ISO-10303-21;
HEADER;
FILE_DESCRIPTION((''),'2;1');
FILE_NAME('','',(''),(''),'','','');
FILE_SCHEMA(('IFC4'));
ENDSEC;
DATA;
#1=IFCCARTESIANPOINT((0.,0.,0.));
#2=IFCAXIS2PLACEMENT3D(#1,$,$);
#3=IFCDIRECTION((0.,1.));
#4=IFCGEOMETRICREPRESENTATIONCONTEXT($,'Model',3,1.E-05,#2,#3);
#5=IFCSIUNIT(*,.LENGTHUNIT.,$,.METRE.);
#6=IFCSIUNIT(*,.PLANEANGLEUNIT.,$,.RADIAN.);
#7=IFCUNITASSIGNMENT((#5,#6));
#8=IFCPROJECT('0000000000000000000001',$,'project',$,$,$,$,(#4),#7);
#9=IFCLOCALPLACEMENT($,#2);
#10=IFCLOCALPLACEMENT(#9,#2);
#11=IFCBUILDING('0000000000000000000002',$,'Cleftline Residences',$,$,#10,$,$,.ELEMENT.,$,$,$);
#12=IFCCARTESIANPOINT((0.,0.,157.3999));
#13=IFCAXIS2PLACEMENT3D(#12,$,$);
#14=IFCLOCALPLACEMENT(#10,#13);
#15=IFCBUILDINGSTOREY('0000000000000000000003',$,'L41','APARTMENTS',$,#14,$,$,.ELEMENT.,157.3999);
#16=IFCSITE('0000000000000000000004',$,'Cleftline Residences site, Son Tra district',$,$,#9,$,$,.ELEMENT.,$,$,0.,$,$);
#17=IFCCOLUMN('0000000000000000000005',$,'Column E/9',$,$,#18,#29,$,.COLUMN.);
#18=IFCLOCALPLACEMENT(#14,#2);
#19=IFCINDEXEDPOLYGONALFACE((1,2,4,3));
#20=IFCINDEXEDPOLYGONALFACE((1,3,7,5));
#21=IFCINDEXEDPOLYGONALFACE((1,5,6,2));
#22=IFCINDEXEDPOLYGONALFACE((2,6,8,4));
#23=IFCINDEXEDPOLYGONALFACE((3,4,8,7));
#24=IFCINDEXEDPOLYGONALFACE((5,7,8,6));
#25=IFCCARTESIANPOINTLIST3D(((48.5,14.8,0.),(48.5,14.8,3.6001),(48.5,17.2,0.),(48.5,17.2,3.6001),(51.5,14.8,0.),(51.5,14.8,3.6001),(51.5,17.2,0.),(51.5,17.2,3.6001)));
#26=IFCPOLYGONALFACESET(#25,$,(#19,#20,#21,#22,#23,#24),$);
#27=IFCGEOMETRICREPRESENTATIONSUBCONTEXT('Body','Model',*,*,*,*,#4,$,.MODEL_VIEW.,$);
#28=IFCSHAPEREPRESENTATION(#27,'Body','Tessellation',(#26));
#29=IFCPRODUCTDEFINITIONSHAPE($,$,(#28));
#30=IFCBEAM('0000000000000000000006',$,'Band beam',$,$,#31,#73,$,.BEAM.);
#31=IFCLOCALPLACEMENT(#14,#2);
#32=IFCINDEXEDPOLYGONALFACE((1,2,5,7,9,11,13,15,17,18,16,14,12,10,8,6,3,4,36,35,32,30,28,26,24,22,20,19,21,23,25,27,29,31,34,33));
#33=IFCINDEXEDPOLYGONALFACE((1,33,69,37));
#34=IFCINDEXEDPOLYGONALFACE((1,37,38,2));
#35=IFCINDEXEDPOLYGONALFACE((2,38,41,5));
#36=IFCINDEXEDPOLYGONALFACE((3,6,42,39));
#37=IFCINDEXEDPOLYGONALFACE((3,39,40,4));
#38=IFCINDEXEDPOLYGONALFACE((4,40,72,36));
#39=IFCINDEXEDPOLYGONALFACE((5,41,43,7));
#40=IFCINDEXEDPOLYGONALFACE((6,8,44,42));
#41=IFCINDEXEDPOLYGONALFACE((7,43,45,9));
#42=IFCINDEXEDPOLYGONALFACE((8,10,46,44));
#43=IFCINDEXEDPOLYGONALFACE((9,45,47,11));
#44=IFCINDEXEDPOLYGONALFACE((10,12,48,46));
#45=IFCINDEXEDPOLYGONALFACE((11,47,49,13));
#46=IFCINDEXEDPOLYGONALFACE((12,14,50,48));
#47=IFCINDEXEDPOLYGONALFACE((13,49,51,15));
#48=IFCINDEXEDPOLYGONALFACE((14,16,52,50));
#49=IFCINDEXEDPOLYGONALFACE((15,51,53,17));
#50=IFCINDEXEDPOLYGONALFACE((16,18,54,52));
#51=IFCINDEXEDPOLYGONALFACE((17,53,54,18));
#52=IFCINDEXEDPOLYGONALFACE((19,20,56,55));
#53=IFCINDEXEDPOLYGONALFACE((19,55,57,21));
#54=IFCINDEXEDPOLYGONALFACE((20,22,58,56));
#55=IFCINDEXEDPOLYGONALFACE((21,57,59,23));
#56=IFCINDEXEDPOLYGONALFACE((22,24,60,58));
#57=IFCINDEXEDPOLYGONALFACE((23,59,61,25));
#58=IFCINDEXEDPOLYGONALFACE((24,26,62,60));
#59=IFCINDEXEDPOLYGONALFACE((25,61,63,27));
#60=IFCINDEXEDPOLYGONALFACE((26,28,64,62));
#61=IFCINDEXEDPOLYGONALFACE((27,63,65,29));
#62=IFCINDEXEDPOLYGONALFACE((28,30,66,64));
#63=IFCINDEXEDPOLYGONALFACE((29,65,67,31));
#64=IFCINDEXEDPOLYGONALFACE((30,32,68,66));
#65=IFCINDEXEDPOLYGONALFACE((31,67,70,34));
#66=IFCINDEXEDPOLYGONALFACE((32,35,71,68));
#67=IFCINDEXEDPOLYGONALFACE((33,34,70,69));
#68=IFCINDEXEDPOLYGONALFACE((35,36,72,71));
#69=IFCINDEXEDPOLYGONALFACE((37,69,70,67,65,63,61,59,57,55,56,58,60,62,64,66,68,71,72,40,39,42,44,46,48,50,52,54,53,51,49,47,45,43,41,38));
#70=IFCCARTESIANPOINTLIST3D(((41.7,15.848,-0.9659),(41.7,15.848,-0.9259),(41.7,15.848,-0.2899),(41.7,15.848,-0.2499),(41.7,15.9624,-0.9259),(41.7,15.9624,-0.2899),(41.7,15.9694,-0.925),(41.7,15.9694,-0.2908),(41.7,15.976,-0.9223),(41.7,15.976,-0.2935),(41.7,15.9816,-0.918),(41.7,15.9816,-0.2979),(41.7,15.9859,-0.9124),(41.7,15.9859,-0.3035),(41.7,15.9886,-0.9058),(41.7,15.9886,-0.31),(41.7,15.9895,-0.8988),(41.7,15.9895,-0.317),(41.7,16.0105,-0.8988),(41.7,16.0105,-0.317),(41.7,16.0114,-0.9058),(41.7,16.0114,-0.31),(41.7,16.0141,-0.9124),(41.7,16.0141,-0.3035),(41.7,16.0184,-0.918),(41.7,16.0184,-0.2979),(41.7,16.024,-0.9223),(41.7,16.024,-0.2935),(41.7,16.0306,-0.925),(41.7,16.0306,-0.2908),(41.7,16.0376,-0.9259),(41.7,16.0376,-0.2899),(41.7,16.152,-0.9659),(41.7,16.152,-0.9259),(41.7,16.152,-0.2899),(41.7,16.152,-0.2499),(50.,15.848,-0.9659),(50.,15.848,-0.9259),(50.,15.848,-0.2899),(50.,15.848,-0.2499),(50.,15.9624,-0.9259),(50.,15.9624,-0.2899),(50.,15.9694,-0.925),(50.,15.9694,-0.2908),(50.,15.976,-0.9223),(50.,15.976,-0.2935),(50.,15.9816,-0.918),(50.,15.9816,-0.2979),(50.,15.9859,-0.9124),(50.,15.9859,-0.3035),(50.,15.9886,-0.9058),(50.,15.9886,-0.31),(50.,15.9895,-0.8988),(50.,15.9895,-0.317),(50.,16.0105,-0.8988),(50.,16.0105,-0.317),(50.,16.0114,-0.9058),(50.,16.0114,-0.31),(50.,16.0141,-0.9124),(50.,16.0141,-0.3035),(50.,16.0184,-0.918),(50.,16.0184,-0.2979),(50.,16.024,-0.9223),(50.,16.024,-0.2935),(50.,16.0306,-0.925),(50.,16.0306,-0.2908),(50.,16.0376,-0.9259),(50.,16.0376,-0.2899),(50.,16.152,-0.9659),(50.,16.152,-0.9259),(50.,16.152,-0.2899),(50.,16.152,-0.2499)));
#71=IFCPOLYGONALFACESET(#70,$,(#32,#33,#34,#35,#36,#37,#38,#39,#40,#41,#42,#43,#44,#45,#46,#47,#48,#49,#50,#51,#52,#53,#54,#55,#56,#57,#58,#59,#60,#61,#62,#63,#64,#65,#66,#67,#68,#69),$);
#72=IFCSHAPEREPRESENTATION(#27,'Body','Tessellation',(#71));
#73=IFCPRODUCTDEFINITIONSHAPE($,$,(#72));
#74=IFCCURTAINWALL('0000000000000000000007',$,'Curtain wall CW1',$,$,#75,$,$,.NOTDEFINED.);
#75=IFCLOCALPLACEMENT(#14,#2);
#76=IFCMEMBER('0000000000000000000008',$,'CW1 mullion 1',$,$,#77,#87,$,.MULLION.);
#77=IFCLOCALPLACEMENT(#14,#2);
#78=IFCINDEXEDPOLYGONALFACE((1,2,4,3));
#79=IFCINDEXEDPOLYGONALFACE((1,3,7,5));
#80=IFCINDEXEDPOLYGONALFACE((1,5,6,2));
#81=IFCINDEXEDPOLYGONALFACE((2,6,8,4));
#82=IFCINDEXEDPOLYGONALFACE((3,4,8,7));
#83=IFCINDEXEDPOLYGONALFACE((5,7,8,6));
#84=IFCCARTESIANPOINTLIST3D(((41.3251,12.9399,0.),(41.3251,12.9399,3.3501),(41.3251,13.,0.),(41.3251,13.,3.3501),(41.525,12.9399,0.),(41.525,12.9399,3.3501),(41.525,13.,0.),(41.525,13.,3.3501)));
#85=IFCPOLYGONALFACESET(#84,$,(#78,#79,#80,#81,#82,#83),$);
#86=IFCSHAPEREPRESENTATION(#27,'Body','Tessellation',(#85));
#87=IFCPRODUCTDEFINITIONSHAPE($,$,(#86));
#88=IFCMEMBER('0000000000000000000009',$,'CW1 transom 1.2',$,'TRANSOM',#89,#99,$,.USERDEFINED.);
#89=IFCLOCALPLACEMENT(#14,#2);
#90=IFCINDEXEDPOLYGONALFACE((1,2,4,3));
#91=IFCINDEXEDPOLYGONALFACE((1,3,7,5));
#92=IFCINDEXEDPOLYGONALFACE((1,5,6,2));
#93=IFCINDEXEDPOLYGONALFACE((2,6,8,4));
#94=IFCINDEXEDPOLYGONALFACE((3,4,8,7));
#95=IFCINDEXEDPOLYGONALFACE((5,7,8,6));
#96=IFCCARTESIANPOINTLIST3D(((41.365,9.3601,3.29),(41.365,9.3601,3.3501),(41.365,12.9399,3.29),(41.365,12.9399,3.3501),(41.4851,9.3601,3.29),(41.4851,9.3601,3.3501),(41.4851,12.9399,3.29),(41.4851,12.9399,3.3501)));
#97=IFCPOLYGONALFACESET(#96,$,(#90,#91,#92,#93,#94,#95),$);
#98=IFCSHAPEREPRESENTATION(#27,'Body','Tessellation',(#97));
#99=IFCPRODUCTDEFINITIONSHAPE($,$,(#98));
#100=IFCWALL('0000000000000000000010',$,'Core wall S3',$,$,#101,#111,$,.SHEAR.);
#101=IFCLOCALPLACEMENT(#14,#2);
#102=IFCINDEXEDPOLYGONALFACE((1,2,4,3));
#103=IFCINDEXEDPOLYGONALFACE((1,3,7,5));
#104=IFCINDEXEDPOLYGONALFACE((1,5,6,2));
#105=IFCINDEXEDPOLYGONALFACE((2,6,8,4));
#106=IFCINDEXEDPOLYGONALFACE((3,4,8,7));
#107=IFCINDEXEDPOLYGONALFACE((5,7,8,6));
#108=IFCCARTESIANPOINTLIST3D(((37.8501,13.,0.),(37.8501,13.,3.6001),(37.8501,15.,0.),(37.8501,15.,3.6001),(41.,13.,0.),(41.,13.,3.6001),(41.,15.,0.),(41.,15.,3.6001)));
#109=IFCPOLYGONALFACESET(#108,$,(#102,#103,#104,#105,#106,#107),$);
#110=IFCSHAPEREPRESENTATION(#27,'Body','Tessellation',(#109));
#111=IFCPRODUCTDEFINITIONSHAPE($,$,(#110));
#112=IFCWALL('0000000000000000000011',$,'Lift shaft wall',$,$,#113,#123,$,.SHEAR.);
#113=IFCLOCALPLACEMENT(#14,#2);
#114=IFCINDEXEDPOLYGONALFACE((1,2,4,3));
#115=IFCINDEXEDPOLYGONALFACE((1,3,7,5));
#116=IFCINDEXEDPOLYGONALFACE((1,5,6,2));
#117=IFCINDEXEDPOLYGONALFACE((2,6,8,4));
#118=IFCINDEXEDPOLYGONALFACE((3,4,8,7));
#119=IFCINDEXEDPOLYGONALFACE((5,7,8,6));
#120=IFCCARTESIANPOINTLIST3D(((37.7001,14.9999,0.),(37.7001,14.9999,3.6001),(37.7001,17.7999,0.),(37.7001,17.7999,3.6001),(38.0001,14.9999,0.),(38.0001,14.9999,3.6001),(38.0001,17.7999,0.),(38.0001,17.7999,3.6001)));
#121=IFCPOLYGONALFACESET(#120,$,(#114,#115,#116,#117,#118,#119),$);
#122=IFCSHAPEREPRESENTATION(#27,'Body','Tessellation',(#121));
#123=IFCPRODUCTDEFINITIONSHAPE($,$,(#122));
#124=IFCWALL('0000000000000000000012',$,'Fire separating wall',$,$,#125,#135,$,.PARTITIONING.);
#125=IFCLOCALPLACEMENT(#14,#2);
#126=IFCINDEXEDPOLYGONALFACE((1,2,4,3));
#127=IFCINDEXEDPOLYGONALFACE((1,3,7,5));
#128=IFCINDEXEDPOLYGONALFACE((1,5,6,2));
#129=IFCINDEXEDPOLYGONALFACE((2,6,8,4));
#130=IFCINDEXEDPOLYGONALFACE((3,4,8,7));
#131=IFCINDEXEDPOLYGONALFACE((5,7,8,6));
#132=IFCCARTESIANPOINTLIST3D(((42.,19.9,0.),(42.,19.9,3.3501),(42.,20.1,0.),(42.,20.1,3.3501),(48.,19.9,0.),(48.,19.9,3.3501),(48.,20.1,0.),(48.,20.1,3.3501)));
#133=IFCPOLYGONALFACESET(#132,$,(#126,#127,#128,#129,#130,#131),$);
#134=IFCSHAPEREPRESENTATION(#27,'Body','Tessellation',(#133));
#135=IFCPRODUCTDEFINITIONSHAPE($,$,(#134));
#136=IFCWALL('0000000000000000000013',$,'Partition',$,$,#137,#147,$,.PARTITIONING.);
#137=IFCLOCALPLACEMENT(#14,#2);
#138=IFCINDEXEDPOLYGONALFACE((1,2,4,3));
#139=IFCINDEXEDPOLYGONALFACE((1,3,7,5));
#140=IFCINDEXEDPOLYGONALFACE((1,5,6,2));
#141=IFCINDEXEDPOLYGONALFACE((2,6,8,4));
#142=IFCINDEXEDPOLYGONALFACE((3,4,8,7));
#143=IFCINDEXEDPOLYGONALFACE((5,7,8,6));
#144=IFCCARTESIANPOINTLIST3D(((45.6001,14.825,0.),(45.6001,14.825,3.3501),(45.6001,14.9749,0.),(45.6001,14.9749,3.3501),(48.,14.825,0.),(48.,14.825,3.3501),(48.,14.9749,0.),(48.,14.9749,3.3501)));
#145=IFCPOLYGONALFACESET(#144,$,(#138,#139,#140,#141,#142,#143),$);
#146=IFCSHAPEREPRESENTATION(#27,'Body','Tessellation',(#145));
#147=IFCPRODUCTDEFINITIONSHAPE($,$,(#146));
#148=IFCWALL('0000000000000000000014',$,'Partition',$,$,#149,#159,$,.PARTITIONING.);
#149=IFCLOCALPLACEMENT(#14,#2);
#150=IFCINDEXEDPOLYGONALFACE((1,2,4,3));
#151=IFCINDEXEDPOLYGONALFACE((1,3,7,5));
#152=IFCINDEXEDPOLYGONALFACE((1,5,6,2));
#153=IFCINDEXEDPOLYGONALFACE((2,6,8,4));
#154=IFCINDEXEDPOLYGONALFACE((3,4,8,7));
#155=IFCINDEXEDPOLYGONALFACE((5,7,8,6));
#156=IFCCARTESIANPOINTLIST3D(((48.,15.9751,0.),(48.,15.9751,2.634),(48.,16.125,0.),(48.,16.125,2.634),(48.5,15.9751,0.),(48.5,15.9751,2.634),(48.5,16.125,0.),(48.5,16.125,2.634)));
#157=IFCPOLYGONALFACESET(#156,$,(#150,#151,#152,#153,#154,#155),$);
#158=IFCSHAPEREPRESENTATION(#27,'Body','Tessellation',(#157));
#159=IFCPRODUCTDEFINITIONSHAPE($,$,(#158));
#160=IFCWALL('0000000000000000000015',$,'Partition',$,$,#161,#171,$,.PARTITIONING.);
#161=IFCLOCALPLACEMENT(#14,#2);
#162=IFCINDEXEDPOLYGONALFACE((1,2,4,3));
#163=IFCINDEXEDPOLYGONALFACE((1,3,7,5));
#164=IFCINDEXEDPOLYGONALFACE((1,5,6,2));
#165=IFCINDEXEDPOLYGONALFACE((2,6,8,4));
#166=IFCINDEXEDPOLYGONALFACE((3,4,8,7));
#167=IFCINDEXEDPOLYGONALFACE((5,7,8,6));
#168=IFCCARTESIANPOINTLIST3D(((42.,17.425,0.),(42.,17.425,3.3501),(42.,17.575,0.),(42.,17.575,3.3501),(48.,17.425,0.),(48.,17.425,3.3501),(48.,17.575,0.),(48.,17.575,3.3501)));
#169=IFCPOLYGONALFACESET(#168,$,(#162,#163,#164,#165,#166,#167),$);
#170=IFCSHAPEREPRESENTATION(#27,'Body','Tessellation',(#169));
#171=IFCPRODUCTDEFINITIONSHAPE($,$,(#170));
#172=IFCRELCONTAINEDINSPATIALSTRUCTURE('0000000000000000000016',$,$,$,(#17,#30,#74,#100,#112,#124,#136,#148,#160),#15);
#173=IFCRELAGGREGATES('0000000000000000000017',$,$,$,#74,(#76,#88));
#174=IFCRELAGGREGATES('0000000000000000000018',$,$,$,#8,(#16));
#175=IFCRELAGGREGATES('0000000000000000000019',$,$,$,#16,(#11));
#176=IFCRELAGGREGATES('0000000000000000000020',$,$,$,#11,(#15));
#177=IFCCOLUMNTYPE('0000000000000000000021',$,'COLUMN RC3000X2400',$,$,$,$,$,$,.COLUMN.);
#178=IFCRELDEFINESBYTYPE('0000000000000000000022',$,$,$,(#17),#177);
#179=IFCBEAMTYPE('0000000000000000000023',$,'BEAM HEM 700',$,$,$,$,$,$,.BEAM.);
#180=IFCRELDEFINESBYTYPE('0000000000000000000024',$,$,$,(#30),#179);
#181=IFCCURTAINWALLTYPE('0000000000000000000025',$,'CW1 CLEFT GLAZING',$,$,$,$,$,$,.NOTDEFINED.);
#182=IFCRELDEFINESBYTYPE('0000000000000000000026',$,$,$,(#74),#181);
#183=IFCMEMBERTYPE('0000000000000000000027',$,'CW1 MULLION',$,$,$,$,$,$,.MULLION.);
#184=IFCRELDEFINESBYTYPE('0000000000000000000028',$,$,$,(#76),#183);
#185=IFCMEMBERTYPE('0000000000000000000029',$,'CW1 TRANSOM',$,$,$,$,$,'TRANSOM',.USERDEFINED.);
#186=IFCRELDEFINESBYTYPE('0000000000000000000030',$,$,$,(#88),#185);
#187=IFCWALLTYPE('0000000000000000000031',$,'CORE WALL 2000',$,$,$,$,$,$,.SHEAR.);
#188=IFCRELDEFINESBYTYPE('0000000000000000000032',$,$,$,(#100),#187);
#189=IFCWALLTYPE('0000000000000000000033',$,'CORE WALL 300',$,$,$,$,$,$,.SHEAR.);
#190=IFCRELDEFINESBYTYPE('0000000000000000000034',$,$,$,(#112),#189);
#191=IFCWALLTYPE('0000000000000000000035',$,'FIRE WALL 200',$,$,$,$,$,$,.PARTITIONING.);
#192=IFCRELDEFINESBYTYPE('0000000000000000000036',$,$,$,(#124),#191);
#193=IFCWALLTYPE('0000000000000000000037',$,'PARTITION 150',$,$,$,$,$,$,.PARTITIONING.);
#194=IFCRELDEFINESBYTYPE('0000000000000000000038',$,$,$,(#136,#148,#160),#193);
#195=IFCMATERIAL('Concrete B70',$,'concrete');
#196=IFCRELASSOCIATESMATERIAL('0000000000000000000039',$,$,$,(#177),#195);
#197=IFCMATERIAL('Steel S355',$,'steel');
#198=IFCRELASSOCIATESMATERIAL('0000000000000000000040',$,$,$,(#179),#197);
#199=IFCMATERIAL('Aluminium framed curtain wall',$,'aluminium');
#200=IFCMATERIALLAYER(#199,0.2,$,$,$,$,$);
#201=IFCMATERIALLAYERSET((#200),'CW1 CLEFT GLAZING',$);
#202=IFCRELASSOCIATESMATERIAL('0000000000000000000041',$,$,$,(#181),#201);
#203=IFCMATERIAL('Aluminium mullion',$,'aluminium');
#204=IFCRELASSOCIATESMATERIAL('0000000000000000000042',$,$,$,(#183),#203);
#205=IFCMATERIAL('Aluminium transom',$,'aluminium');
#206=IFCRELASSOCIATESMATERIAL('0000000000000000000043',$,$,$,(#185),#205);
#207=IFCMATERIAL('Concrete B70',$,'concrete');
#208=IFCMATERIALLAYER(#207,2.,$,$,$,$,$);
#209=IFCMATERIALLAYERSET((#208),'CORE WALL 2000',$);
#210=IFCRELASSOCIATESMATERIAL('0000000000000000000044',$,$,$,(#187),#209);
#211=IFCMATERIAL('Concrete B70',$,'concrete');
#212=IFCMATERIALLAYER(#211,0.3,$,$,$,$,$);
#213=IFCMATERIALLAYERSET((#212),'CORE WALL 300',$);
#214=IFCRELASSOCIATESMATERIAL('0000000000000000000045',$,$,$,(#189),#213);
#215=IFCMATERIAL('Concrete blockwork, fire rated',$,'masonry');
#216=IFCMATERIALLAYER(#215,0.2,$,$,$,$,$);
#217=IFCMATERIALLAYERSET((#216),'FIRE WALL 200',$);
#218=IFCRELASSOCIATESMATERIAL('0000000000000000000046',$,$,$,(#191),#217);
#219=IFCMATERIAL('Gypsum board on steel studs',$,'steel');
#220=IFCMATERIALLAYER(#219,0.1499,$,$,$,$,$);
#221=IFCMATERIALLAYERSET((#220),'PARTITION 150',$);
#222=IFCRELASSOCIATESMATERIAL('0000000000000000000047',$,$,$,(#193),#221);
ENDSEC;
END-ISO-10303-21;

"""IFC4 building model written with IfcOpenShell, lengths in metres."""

from ifc_helpers import new_model, si_unit, direction, frame, frame_2d, origin, origin_2d, place, context, subcontext, project, spatial, rectangle, i_section, extrude, material, layer, layer_set, material_profile, profile_set, type_object, element, aggregate, save


model = new_model("IFC4")

# Units and contexts
model_context = context("Model", 3, precision=1e-05, world=origin(), true_north=direction((0.0, 1.0)))
body_context = subcontext(model_context, "Body", "Model", "MODEL_VIEW")
ifc_project = project(units=[si_unit("LENGTHUNIT", "METRE"), si_unit("PLANEANGLEUNIT", "RADIAN")], contexts=[model_context])

# Site, building, storey
site_placement = place(None, origin())
site = spatial("IfcSite", under=ifc_project, at=site_placement, Name="Cleftline Residences site, Son Tra district", CompositionType="ELEMENT", RefElevation=0.0)
building_placement = place(site_placement, origin())
building = spatial("IfcBuilding", under=site, at=building_placement, Name="Cleftline Residences", CompositionType="ELEMENT")
storey_placement = place(building_placement, frame((0.0, 0.0, 157.3999)))
storey = spatial("IfcBuildingStorey", under=building, at=storey_placement, Name="L41", Description="APARTMENTS", CompositionType="ELEMENT", Elevation=157.3999)

# Column
ifc_material_1 = material(Name="Concrete B70", Category="concrete")
ifc_material_profile_1 = material_profile(ifc_material_1, rectangle(XDim=3.0, YDim=2.3999, at=origin_2d()))
ifc_profile_set_1 = profile_set([ifc_material_profile_1], Name="Concrete B70")
column_type = type_object("IfcColumnType", Name="COLUMN RC3000X2400", PredefinedType="COLUMN", material=ifc_profile_set_1)
column_placement = place(storey_placement, frame((50.0, 16.0, 0.0), z_axis=(0.0, 0.0, 1.0), x_axis=(1.0, 0.0, 0.0)))
element("IfcColumn", 1, at=column_placement, inside=storey, type_object=column_type, Name="Column E/9", PredefinedType="COLUMN", context=body_context, shape_type="SweptSolid", body=[
    extrude(rectangle(XDim=3.0, YDim=2.3999, at=origin_2d()), origin(), (0.0, 0.0, 1.0), 3.6001),
])

# Beam
ifc_material_2 = material(Name="Steel S355", Category="steel")
ifc_material_profile_2 = material_profile(ifc_material_2, i_section(OverallWidth=0.304, OverallDepth=0.7161, WebThickness=0.021, FlangeThickness=0.04, FilletRadius=0.0271, at=origin_2d()))
ifc_profile_set_2 = profile_set([ifc_material_profile_2], Name="Steel S355")
beam_type = type_object("IfcBeamType", Name="BEAM HEM 700", PredefinedType="BEAM", material=ifc_profile_set_2)
beam_placement = place(storey_placement, frame((50.0, 16.0, -0.6079), z_axis=(-1.0, 0.0, 0.0), x_axis=(0.0, -1.0, 0.0)))
element("IfcBeam", 2, at=beam_placement, inside=storey, type_object=beam_type, Name="Band beam", PredefinedType="BEAM", context=body_context, shape_type="SweptSolid", body=[
    extrude(i_section(OverallWidth=0.304, OverallDepth=0.7161, WebThickness=0.021, FlangeThickness=0.04, FilletRadius=0.0271, at=origin_2d()), origin(), (0.0, 0.0, 1.0), 8.3),
])

# Curtain wall, members
ifc_material_3 = material(Name="Aluminium framed curtain wall", Category="aluminium")
ifc_layer_1 = layer(ifc_material_3, 0.2)
ifc_layer_set_1 = layer_set([ifc_layer_1], Name="CW1 CLEFT GLAZING")
curtain_wall_type = type_object("IfcCurtainWallType", Name="CW1 CLEFT GLAZING", PredefinedType="NOTDEFINED", material=ifc_layer_set_1)
curtain_wall_placement = place(storey_placement, origin())
curtain_wall = element("IfcCurtainWall", 3, at=curtain_wall_placement, inside=storey, type_object=curtain_wall_type, Name="Curtain wall CW1", PredefinedType="NOTDEFINED")
ifc_material_4 = material(Name="Aluminium mullion", Category="aluminium")
ifc_material_profile_3 = material_profile(ifc_material_4, rectangle(XDim=0.2, YDim=0.0601, at=origin_2d()))
ifc_profile_set_3 = profile_set([ifc_material_profile_3], Name="Aluminium mullion")
member_type_1 = type_object("IfcMemberType", Name="CW1 MULLION", PredefinedType="MULLION", material=ifc_profile_set_3)
member_1_placement = place(storey_placement, frame((41.425, 12.97, 0.0), z_axis=(0.0, 0.0, 1.0), x_axis=(1.0, 0.0, 0.0)))
member_1 = element("IfcMember", 4, at=member_1_placement, type_object=member_type_1, Name="CW1 mullion 1", PredefinedType="MULLION", context=body_context, shape_type="SweptSolid", body=[
    extrude(rectangle(XDim=0.2, YDim=0.0601, at=origin_2d()), origin(), (0.0, 0.0, 1.0), 3.3501),
])
ifc_material_5 = material(Name="Aluminium transom", Category="aluminium")
ifc_material_profile_4 = material_profile(ifc_material_5, rectangle(XDim=0.1201, YDim=0.0601, at=origin_2d()))
ifc_profile_set_4 = profile_set([ifc_material_profile_4], Name="Aluminium transom")
member_type_2 = type_object("IfcMemberType", Name="CW1 TRANSOM", ElementType="TRANSOM", PredefinedType="USERDEFINED", material=ifc_profile_set_4)
member_2_placement = place(storey_placement, frame((41.425, 12.9399, 3.3201), z_axis=(0.0, -1.0, 0.0), x_axis=(1.0, 0.0, 0.0)))
member_2 = element("IfcMember", 5, at=member_2_placement, type_object=member_type_2, Name="CW1 transom 1.2", ObjectType="TRANSOM", PredefinedType="USERDEFINED", context=body_context, shape_type="SweptSolid", body=[
    extrude(rectangle(XDim=0.1201, YDim=0.0601, at=origin_2d()), origin(), (0.0, 0.0, 1.0), 3.5798),
])
aggregate(curtain_wall, [member_1, member_2])

# Walls
ifc_material_6 = material(Name="Concrete B70", Category="concrete")
ifc_layer_2 = layer(ifc_material_6, 2.0)
ifc_layer_set_2 = layer_set([ifc_layer_2], Name="CORE WALL 2000")
wall_type_1 = type_object("IfcWallType", Name="CORE WALL 2000", PredefinedType="SHEAR", material=ifc_layer_set_2)
wall_1_placement = place(storey_placement, frame((37.8501, 14.0, 0.0), z_axis=(0.0, 0.0, 1.0), x_axis=(1.0, 0.0, 0.0)))
element("IfcWall", 6, at=wall_1_placement, inside=storey, type_object=wall_type_1, Name="Core wall S3", PredefinedType="SHEAR", context=body_context, shape_type="SweptSolid", body=[
    extrude(rectangle(XDim=3.1499, YDim=2.0, at=frame_2d((1.575, 0.0))), origin(), (0.0, 0.0, 1.0), 3.6001),
])
ifc_material_7 = material(Name="Concrete B70", Category="concrete")
ifc_layer_3 = layer(ifc_material_7, 0.3)
ifc_layer_set_3 = layer_set([ifc_layer_3], Name="CORE WALL 300")
wall_type_2 = type_object("IfcWallType", Name="CORE WALL 300", PredefinedType="SHEAR", material=ifc_layer_set_3)
wall_2_placement = place(storey_placement, frame((37.8501, 15.0, 0.0), z_axis=(0.0, 0.0, 1.0), x_axis=(0.0, 1.0, 0.0)))
element("IfcWall", 7, at=wall_2_placement, inside=storey, type_object=wall_type_2, Name="Lift shaft wall", PredefinedType="SHEAR", context=body_context, shape_type="SweptSolid", body=[
    extrude(rectangle(XDim=2.8, YDim=0.3, at=frame_2d((1.3999, 0.0))), origin(), (0.0, 0.0, 1.0), 3.6001),
])
ifc_material_8 = material(Name="Concrete blockwork, fire rated", Category="masonry")
ifc_layer_4 = layer(ifc_material_8, 0.2)
ifc_layer_set_4 = layer_set([ifc_layer_4], Name="FIRE WALL 200")
wall_type_3 = type_object("IfcWallType", Name="FIRE WALL 200", PredefinedType="PARTITIONING", material=ifc_layer_set_4)
wall_3_placement = place(storey_placement, frame((42.0, 20.0, 0.0), z_axis=(0.0, 0.0, 1.0), x_axis=(1.0, 0.0, 0.0)))
element("IfcWall", 8, at=wall_3_placement, inside=storey, type_object=wall_type_3, Name="Fire separating wall", PredefinedType="PARTITIONING", context=body_context, shape_type="SweptSolid", body=[
    extrude(rectangle(XDim=6.0, YDim=0.2, at=frame_2d((3.0, 0.0))), origin(), (0.0, 0.0, 1.0), 3.3501),
])

# Walls
ifc_material_9 = material(Name="Gypsum board on steel studs", Category="steel")
ifc_layer_5 = layer(ifc_material_9, 0.1499)
ifc_layer_set_5 = layer_set([ifc_layer_5], Name="PARTITION 150")
wall_type_4 = type_object("IfcWallType", Name="PARTITION 150", PredefinedType="PARTITIONING", material=ifc_layer_set_5)
wall_4_placement = place(storey_placement, frame((45.6001, 14.8999, 0.0), z_axis=(0.0, 0.0, 1.0), x_axis=(1.0, 0.0, 0.0)))
element("IfcWall", 9, at=wall_4_placement, inside=storey, type_object=wall_type_4, Name="Partition", PredefinedType="PARTITIONING", context=body_context, shape_type="SweptSolid", body=[
    extrude(rectangle(XDim=2.3999, YDim=0.1499, at=frame_2d((1.2, 0.0))), origin(), (0.0, 0.0, 1.0), 3.3501),
])
wall_5_placement = place(storey_placement, frame((48.0, 16.05, 0.0), z_axis=(0.0, 0.0, 1.0), x_axis=(1.0, 0.0, 0.0)))
element("IfcWall", 10, at=wall_5_placement, inside=storey, type_object=wall_type_4, Name="Partition", PredefinedType="PARTITIONING", context=body_context, shape_type="SweptSolid", body=[
    extrude(rectangle(XDim=0.5, YDim=0.1499, at=frame_2d((0.25, 0.0))), origin(), (0.0, 0.0, 1.0), 2.634),
])
wall_6_placement = place(storey_placement, frame((42.0, 17.5, 0.0), z_axis=(0.0, 0.0, 1.0), x_axis=(1.0, 0.0, 0.0)))
element("IfcWall", 11, at=wall_6_placement, inside=storey, type_object=wall_type_4, Name="Partition", PredefinedType="PARTITIONING", context=body_context, shape_type="SweptSolid", body=[
    extrude(rectangle(XDim=6.0, YDim=0.1499, at=frame_2d((3.0, 0.0))), origin(), (0.0, 0.0, 1.0), 3.3501),
])

save(model, "model.ifc")
